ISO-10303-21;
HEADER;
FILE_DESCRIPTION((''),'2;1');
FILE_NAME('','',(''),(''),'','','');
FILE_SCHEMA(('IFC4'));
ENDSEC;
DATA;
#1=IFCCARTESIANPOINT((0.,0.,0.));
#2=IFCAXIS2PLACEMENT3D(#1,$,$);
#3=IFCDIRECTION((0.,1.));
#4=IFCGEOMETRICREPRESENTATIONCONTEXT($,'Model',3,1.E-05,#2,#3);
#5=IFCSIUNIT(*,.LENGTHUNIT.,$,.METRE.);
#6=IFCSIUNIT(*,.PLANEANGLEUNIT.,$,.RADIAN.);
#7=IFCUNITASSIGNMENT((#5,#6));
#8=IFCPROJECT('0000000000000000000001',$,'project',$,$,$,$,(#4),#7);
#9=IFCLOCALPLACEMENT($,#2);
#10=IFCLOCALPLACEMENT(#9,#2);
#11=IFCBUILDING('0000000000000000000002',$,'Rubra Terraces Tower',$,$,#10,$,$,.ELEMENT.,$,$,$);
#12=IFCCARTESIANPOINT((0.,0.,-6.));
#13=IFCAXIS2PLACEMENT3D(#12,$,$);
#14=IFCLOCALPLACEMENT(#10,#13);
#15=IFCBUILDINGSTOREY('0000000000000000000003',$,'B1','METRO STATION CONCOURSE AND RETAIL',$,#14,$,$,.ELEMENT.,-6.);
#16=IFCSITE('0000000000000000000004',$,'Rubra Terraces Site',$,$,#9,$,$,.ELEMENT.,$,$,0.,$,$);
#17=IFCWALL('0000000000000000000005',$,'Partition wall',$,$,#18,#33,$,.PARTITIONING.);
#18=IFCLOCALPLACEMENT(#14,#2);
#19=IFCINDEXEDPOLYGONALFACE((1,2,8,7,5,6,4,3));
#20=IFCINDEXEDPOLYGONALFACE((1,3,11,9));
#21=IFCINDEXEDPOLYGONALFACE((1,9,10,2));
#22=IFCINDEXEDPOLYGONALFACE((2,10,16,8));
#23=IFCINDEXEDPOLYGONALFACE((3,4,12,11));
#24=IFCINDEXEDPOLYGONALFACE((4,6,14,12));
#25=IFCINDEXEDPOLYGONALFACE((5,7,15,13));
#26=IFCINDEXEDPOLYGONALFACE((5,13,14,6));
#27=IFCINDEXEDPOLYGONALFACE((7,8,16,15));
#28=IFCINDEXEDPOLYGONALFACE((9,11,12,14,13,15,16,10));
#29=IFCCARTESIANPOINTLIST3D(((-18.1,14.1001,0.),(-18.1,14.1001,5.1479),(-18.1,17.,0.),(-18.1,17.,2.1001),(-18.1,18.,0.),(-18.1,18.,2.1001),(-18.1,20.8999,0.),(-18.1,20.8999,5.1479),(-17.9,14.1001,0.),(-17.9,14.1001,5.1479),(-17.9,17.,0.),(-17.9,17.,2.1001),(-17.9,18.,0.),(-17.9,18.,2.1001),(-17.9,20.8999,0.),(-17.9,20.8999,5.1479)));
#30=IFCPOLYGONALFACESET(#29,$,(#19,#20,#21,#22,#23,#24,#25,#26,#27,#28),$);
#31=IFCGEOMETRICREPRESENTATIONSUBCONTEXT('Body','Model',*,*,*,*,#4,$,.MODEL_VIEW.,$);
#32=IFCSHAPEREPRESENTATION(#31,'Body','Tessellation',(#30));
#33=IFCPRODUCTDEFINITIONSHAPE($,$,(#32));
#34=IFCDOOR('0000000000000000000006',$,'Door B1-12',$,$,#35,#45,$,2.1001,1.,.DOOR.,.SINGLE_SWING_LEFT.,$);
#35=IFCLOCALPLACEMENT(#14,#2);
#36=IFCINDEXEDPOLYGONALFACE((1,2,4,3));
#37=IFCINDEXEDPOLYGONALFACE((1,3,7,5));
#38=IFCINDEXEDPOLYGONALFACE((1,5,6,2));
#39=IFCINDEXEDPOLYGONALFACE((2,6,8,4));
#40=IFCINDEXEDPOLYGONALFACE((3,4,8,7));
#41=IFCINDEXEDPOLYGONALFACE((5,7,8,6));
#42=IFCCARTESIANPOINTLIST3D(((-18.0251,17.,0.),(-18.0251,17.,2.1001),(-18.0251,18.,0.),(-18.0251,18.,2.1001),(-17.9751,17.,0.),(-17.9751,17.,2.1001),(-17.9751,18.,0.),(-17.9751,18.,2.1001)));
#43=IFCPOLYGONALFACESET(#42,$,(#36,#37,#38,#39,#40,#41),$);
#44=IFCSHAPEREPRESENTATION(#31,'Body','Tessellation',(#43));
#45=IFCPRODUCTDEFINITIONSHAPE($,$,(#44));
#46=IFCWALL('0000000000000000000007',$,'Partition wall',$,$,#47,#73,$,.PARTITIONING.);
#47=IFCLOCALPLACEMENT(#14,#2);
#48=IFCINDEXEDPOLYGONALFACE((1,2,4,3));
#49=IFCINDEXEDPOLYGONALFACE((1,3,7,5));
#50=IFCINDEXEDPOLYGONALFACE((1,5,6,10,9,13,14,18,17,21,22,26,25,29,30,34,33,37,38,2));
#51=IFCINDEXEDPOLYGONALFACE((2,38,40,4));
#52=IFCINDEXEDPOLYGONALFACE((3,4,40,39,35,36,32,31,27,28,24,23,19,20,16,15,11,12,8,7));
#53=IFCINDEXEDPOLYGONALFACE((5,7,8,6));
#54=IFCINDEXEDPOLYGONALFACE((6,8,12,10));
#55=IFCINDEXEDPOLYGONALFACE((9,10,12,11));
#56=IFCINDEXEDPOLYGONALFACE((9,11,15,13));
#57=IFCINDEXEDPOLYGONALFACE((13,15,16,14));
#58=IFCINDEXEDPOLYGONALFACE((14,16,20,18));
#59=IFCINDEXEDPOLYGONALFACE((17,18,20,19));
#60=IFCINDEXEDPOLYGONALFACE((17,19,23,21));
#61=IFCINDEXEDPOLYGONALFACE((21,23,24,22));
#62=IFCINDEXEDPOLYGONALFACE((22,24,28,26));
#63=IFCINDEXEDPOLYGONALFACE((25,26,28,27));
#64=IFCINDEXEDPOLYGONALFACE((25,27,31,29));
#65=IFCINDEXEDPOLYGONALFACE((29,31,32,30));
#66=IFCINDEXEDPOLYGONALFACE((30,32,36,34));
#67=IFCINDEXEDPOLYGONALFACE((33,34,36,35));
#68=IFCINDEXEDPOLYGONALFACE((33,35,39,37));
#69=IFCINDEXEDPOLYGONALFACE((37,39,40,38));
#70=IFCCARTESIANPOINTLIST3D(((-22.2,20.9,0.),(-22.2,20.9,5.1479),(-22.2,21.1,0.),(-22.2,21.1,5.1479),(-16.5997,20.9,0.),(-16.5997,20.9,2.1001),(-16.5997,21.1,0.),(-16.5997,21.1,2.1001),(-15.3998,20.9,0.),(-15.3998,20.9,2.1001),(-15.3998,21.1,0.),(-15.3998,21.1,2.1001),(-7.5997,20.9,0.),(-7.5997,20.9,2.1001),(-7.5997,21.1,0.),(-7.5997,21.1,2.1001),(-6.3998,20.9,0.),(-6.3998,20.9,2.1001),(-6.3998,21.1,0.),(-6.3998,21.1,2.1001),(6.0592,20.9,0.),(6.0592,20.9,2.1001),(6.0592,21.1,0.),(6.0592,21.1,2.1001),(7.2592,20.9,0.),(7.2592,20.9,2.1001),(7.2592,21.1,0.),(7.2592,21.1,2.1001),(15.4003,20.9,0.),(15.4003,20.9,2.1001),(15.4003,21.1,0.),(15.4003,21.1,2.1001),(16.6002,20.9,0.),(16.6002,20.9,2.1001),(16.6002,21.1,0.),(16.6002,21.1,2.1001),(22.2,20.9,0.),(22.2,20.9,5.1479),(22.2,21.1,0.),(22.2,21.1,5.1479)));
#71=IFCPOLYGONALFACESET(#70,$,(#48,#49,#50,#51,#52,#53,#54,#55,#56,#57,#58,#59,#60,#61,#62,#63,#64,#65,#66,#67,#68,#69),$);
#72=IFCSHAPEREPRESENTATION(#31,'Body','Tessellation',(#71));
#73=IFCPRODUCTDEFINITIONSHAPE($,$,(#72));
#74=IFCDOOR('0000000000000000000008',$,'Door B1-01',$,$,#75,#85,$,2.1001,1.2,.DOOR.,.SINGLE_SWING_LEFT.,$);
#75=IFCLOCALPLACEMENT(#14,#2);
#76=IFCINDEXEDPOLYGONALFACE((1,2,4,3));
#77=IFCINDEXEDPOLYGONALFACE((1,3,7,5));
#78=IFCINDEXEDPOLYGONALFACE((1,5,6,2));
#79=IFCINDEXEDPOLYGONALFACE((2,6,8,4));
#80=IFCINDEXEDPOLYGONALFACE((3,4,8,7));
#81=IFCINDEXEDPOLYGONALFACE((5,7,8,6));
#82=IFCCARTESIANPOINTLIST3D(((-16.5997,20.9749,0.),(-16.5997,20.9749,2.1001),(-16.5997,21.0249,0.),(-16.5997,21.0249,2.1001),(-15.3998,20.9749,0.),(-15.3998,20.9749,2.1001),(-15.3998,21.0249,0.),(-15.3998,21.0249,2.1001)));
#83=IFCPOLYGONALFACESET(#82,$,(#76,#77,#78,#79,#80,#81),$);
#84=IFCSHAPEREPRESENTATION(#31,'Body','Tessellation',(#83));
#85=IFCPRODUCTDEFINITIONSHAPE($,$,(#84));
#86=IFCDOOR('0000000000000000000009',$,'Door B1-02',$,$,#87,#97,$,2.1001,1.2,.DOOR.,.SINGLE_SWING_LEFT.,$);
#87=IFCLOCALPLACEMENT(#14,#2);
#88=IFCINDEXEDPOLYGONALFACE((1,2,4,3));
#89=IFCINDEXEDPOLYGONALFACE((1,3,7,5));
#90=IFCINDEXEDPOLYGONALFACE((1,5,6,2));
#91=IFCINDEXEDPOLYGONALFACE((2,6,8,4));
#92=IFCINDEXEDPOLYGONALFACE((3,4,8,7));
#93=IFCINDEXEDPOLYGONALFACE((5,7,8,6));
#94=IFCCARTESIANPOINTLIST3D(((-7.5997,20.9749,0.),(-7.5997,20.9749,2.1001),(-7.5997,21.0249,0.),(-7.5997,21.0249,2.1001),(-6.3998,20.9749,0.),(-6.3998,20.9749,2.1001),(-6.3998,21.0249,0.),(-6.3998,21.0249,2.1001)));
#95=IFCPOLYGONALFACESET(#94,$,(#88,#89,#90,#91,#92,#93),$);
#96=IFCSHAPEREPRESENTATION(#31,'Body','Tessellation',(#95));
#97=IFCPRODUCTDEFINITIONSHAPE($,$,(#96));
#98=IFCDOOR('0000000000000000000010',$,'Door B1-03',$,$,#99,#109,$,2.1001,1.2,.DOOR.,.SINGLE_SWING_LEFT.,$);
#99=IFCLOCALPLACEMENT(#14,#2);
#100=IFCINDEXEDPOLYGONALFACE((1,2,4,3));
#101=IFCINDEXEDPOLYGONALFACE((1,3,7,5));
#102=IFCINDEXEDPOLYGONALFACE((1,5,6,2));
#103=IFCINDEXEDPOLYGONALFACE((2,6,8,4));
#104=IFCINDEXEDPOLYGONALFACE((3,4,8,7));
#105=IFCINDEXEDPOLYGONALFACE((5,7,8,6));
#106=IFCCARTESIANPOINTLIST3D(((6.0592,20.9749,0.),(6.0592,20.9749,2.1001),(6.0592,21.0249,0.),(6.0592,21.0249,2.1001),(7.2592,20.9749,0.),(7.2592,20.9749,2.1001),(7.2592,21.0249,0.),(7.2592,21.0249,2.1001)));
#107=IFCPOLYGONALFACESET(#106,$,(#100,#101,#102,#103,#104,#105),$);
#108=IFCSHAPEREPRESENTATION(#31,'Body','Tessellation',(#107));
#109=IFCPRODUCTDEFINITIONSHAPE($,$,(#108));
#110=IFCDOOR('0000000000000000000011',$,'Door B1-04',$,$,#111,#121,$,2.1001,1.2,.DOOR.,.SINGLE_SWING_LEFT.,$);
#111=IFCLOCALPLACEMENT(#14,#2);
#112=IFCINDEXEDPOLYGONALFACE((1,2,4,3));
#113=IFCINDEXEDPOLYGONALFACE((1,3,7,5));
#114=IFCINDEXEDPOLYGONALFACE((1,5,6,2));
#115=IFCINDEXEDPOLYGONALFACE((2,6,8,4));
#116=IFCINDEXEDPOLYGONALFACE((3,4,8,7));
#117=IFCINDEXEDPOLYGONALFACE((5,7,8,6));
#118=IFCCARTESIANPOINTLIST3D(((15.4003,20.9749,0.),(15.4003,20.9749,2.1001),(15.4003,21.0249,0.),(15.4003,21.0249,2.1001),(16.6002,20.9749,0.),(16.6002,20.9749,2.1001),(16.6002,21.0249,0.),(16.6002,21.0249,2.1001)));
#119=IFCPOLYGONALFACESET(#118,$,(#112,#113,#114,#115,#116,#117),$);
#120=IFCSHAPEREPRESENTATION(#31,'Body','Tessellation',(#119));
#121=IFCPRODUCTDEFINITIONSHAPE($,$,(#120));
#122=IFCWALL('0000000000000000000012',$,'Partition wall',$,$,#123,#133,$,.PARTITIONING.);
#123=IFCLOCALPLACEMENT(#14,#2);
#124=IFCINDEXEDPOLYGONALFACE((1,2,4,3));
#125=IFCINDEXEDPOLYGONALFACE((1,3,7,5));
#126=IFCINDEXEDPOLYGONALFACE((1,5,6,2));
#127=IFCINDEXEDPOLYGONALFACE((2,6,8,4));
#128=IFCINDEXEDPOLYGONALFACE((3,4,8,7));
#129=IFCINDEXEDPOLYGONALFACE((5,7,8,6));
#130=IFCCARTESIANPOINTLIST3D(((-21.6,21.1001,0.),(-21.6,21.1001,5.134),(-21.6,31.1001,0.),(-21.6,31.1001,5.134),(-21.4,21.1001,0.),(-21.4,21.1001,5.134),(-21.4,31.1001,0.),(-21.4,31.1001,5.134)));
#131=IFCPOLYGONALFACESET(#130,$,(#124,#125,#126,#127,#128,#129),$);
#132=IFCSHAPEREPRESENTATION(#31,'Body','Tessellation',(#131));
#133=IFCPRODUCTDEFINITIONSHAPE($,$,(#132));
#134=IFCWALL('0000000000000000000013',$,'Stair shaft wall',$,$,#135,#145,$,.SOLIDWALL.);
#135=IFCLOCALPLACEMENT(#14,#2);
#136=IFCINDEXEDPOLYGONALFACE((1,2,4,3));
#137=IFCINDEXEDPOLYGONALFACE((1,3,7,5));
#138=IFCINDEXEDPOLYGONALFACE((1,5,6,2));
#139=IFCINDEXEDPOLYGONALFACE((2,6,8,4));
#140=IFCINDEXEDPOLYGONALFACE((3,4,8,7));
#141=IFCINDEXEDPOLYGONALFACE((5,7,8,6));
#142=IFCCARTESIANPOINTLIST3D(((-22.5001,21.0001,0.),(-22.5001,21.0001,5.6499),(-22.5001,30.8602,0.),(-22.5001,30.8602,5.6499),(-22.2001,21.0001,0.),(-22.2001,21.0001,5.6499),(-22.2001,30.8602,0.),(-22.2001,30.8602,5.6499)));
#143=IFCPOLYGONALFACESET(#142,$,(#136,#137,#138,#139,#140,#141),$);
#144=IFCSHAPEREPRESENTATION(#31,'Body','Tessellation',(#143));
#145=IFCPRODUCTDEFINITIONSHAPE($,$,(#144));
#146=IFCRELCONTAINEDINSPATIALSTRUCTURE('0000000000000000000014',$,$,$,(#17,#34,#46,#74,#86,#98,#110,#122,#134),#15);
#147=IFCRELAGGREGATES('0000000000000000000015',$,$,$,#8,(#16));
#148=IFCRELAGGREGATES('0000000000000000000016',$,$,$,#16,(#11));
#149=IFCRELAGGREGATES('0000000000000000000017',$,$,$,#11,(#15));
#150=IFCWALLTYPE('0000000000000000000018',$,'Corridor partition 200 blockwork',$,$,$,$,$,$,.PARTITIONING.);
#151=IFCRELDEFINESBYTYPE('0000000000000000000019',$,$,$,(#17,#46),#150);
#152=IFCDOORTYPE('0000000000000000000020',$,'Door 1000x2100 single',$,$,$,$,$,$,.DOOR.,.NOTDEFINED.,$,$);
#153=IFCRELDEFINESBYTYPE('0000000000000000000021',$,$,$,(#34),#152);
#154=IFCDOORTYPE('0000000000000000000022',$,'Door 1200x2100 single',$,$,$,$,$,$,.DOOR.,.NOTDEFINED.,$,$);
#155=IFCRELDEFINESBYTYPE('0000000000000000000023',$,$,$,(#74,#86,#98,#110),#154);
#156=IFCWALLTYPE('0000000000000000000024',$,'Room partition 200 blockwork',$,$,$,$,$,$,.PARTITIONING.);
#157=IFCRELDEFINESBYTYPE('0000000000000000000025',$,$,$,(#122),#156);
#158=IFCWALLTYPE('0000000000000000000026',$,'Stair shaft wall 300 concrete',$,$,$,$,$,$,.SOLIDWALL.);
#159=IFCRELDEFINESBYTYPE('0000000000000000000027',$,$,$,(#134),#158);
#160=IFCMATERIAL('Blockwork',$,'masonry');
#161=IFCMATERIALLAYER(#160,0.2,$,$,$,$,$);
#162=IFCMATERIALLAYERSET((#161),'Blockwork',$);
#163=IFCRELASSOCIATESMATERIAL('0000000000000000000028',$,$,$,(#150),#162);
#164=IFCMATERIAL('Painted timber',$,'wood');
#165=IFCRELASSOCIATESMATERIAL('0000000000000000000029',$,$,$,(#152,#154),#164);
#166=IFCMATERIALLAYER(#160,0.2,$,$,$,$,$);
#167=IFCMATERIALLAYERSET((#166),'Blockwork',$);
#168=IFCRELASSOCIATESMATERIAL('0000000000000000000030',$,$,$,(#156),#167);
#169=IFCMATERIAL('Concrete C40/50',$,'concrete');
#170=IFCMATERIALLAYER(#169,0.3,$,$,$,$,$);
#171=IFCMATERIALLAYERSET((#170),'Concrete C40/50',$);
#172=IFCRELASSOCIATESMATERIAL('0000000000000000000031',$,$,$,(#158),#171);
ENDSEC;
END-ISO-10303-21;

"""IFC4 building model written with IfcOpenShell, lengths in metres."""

from ifc_helpers import new_model, si_unit, direction, frame, frame_2d, origin, place, context, subcontext, project, spatial, rectangle, extrude, material, layer, layer_set, type_object, element, fill, save


model = new_model("IFC4")

# Units and contexts
model_context = context("Model", 3, precision=1e-05, world=origin(), true_north=direction((0.0, 1.0)))
body_context = subcontext(model_context, "Body", "Model", "MODEL_VIEW")
ifc_project = project(units=[si_unit("LENGTHUNIT", "METRE"), si_unit("PLANEANGLEUNIT", "RADIAN")], contexts=[model_context])

# Site, building, storey
site_placement = place(None, origin())
site = spatial("IfcSite", under=ifc_project, at=site_placement, Name="Rubra Terraces Site", CompositionType="ELEMENT", RefElevation=0.0)
building_placement = place(site_placement, origin())
building = spatial("IfcBuilding", under=site, at=building_placement, Name="Rubra Terraces Tower", CompositionType="ELEMENT")
storey_placement = place(building_placement, frame((0.0, 0.0, -6.0)))
storey = spatial("IfcBuildingStorey", under=building, at=storey_placement, Name="B1", Description="METRO STATION CONCOURSE AND RETAIL", CompositionType="ELEMENT", Elevation=-6.0)

# Wall, opening, door
ifc_material_1 = material(Name="Blockwork", Category="masonry")
ifc_layer_1 = layer(ifc_material_1, 0.2)
ifc_layer_set_1 = layer_set([ifc_layer_1], Name="Blockwork")
wall_type_1 = type_object("IfcWallType", Name="Corridor partition 200 blockwork", PredefinedType="PARTITIONING", material=ifc_layer_set_1)
wall_1_placement = place(storey_placement, frame((-18.0, 20.8999, 0.0), z_axis=(0.0, 0.0, 1.0), x_axis=(0.0, -1.0, 0.0)))
wall_1 = element("IfcWall", 1, at=wall_1_placement, inside=storey, type_object=wall_type_1, Name="Partition wall", PredefinedType="PARTITIONING", context=body_context, shape_type="SweptSolid", body=[
    extrude(rectangle(XDim=6.7998, YDim=0.2, at=frame_2d((3.3999, 0.0))), origin(), (0.0, 0.0, 1.0), 5.1479),
])
opening_1_placement = place(wall_1_placement, frame((2.8999, 0.0, 0.0)))
opening_1 = element("IfcOpeningElement", 2, at=opening_1_placement, cuts=wall_1, PredefinedType="OPENING", context=body_context, shape_type="SweptSolid", body=[
    extrude(rectangle(XDim=1.0, YDim=2.1001, at=frame_2d((0.5, 1.05))), frame((0.0, 0.1099, 0.0), z_axis=(0.0, -1.0, 0.0), x_axis=(1.0, 0.0, 0.0)), (0.0, 0.0, 1.0), 0.22),
])
ifc_material_2 = material(Name="Painted timber", Category="wood")
door_type_1 = type_object("IfcDoorType", Name="Door 1000x2100 single", OperationType="NOTDEFINED", PredefinedType="DOOR", material=ifc_material_2)
door_1_placement = place(opening_1_placement, origin())
door_1 = element("IfcDoor", 3, at=door_1_placement, inside=storey, type_object=door_type_1, Name="Door B1-12", OperationType="SINGLE_SWING_LEFT", OverallHeight=2.1001, OverallWidth=1.0, PredefinedType="DOOR", context=body_context, shape_type="SweptSolid", body=[
    extrude(rectangle(XDim=1.0, YDim=2.1001, at=frame_2d((0.5, 1.05))), frame((0.0, 0.0249, 0.0), z_axis=(0.0, -1.0, 0.0), x_axis=(1.0, 0.0, 0.0)), (0.0, 0.0, 1.0), 0.05),
])
fill(opening_1, door_1)

# Wall, openings, doors
wall_2_placement = place(storey_placement, frame((-22.2, 21.0, 0.0), z_axis=(0.0, 0.0, 1.0), x_axis=(1.0, 0.0, 0.0)))
wall_2 = element("IfcWall", 4, at=wall_2_placement, inside=storey, type_object=wall_type_1, Name="Partition wall", PredefinedType="PARTITIONING", context=body_context, shape_type="SweptSolid", body=[
    extrude(rectangle(XDim=44.3999, YDim=0.2, at=frame_2d((22.2, 0.0))), origin(), (0.0, 0.0, 1.0), 5.1479),
])
opening_2_placement = place(wall_2_placement, frame((5.6001, 0.0, 0.0)))
opening_2 = element("IfcOpeningElement", 5, at=opening_2_placement, cuts=wall_2, PredefinedType="OPENING", context=body_context, shape_type="SweptSolid", body=[
    extrude(rectangle(XDim=1.2, YDim=2.1001, at=frame_2d((0.6001, 1.05))), frame((0.0, 0.1099, 0.0), z_axis=(0.0, -1.0, 0.0), x_axis=(1.0, 0.0, 0.0)), (0.0, 0.0, 1.0), 0.22),
])
opening_3_placement = place(wall_2_placement, frame((14.6001, 0.0, 0.0)))
opening_3 = element("IfcOpeningElement", 6, at=opening_3_placement, cuts=wall_2, PredefinedType="OPENING", context=body_context, shape_type="SweptSolid", body=[
    extrude(rectangle(XDim=1.2, YDim=2.1001, at=frame_2d((0.6001, 1.05))), frame((0.0, 0.1099, 0.0), z_axis=(0.0, -1.0, 0.0), x_axis=(1.0, 0.0, 0.0)), (0.0, 0.0, 1.0), 0.22),
])
opening_4_placement = place(wall_2_placement, frame((28.259, 0.0, 0.0)))
opening_4 = element("IfcOpeningElement", 7, at=opening_4_placement, cuts=wall_2, PredefinedType="OPENING", context=body_context, shape_type="SweptSolid", body=[
    extrude(rectangle(XDim=1.2, YDim=2.1001, at=frame_2d((0.6001, 1.05))), frame((0.0, 0.1099, 0.0), z_axis=(0.0, -1.0, 0.0), x_axis=(1.0, 0.0, 0.0)), (0.0, 0.0, 1.0), 0.22),
])
opening_5_placement = place(wall_2_placement, frame((37.6001, 0.0, 0.0)))
opening_5 = element("IfcOpeningElement", 8, at=opening_5_placement, cuts=wall_2, PredefinedType="OPENING", context=body_context, shape_type="SweptSolid", body=[
    extrude(rectangle(XDim=1.2, YDim=2.1001, at=frame_2d((0.6001, 1.05))), frame((0.0, 0.1099, 0.0), z_axis=(0.0, -1.0, 0.0), x_axis=(1.0, 0.0, 0.0)), (0.0, 0.0, 1.0), 0.22),
])
door_type_2 = type_object("IfcDoorType", Name="Door 1200x2100 single", OperationType="NOTDEFINED", PredefinedType="DOOR", material=ifc_material_2)
door_2_placement = place(opening_2_placement, origin())
door_2 = element("IfcDoor", 9, at=door_2_placement, inside=storey, type_object=door_type_2, Name="Door B1-01", OperationType="SINGLE_SWING_LEFT", OverallHeight=2.1001, OverallWidth=1.2, PredefinedType="DOOR", context=body_context, shape_type="SweptSolid", body=[
    extrude(rectangle(XDim=1.2, YDim=2.1001, at=frame_2d((0.6001, 1.05))), frame((0.0, 0.0249, 0.0), z_axis=(0.0, -1.0, 0.0), x_axis=(1.0, 0.0, 0.0)), (0.0, 0.0, 1.0), 0.05),
])
fill(opening_2, door_2)
door_3_placement = place(opening_3_placement, origin())
door_3 = element("IfcDoor", 10, at=door_3_placement, inside=storey, type_object=door_type_2, Name="Door B1-02", OperationType="SINGLE_SWING_LEFT", OverallHeight=2.1001, OverallWidth=1.2, PredefinedType="DOOR", context=body_context, shape_type="SweptSolid", body=[
    extrude(rectangle(XDim=1.2, YDim=2.1001, at=frame_2d((0.6001, 1.05))), frame((0.0, 0.0249, 0.0), z_axis=(0.0, -1.0, 0.0), x_axis=(1.0, 0.0, 0.0)), (0.0, 0.0, 1.0), 0.05),
])
fill(opening_3, door_3)
door_4_placement = place(opening_4_placement, origin())
door_4 = element("IfcDoor", 11, at=door_4_placement, inside=storey, type_object=door_type_2, Name="Door B1-03", OperationType="SINGLE_SWING_LEFT", OverallHeight=2.1001, OverallWidth=1.2, PredefinedType="DOOR", context=body_context, shape_type="SweptSolid", body=[
    extrude(rectangle(XDim=1.2, YDim=2.1001, at=frame_2d((0.6001, 1.05))), frame((0.0, 0.0249, 0.0), z_axis=(0.0, -1.0, 0.0), x_axis=(1.0, 0.0, 0.0)), (0.0, 0.0, 1.0), 0.05),
])
fill(opening_4, door_4)
door_5_placement = place(opening_5_placement, origin())
door_5 = element("IfcDoor", 12, at=door_5_placement, inside=storey, type_object=door_type_2, Name="Door B1-04", OperationType="SINGLE_SWING_LEFT", OverallHeight=2.1001, OverallWidth=1.2, PredefinedType="DOOR", context=body_context, shape_type="SweptSolid", body=[
    extrude(rectangle(XDim=1.2, YDim=2.1001, at=frame_2d((0.6001, 1.05))), frame((0.0, 0.0249, 0.0), z_axis=(0.0, -1.0, 0.0), x_axis=(1.0, 0.0, 0.0)), (0.0, 0.0, 1.0), 0.05),
])
fill(opening_5, door_5)

# Walls
ifc_layer_2 = layer(ifc_material_1, 0.2)
ifc_layer_set_2 = layer_set([ifc_layer_2], Name="Blockwork")
wall_type_2 = type_object("IfcWallType", Name="Room partition 200 blockwork", PredefinedType="PARTITIONING", material=ifc_layer_set_2)
wall_3_placement = place(storey_placement, frame((-21.5, 21.1001, 0.0), z_axis=(0.0, 0.0, 1.0), x_axis=(0.0, 1.0, 0.0)))
element("IfcWall", 13, at=wall_3_placement, inside=storey, type_object=wall_type_2, Name="Partition wall", PredefinedType="PARTITIONING", context=body_context, shape_type="SweptSolid", body=[
    extrude(rectangle(XDim=10.0, YDim=0.2, at=frame_2d((5.0, 0.0))), origin(), (0.0, 0.0, 1.0), 5.134),
])
ifc_material_3 = material(Name="Concrete C40/50", Category="concrete")
ifc_layer_3 = layer(ifc_material_3, 0.3)
ifc_layer_set_3 = layer_set([ifc_layer_3], Name="Concrete C40/50")
wall_type_3 = type_object("IfcWallType", Name="Stair shaft wall 300 concrete", PredefinedType="SOLIDWALL", material=ifc_layer_set_3)
wall_4_placement = place(storey_placement, frame((-22.3501, 21.0, 0.0), z_axis=(0.0, 0.0, 1.0), x_axis=(0.0, 1.0, 0.0)))
element("IfcWall", 14, at=wall_4_placement, inside=storey, type_object=wall_type_3, Name="Stair shaft wall", PredefinedType="SOLIDWALL", context=body_context, shape_type="SweptSolid", body=[
    extrude(rectangle(XDim=9.8601, YDim=0.3, at=frame_2d((4.9302, 0.0))), origin(), (0.0, 0.0, 1.0), 5.6499),
])

save(model, "model.ifc")
